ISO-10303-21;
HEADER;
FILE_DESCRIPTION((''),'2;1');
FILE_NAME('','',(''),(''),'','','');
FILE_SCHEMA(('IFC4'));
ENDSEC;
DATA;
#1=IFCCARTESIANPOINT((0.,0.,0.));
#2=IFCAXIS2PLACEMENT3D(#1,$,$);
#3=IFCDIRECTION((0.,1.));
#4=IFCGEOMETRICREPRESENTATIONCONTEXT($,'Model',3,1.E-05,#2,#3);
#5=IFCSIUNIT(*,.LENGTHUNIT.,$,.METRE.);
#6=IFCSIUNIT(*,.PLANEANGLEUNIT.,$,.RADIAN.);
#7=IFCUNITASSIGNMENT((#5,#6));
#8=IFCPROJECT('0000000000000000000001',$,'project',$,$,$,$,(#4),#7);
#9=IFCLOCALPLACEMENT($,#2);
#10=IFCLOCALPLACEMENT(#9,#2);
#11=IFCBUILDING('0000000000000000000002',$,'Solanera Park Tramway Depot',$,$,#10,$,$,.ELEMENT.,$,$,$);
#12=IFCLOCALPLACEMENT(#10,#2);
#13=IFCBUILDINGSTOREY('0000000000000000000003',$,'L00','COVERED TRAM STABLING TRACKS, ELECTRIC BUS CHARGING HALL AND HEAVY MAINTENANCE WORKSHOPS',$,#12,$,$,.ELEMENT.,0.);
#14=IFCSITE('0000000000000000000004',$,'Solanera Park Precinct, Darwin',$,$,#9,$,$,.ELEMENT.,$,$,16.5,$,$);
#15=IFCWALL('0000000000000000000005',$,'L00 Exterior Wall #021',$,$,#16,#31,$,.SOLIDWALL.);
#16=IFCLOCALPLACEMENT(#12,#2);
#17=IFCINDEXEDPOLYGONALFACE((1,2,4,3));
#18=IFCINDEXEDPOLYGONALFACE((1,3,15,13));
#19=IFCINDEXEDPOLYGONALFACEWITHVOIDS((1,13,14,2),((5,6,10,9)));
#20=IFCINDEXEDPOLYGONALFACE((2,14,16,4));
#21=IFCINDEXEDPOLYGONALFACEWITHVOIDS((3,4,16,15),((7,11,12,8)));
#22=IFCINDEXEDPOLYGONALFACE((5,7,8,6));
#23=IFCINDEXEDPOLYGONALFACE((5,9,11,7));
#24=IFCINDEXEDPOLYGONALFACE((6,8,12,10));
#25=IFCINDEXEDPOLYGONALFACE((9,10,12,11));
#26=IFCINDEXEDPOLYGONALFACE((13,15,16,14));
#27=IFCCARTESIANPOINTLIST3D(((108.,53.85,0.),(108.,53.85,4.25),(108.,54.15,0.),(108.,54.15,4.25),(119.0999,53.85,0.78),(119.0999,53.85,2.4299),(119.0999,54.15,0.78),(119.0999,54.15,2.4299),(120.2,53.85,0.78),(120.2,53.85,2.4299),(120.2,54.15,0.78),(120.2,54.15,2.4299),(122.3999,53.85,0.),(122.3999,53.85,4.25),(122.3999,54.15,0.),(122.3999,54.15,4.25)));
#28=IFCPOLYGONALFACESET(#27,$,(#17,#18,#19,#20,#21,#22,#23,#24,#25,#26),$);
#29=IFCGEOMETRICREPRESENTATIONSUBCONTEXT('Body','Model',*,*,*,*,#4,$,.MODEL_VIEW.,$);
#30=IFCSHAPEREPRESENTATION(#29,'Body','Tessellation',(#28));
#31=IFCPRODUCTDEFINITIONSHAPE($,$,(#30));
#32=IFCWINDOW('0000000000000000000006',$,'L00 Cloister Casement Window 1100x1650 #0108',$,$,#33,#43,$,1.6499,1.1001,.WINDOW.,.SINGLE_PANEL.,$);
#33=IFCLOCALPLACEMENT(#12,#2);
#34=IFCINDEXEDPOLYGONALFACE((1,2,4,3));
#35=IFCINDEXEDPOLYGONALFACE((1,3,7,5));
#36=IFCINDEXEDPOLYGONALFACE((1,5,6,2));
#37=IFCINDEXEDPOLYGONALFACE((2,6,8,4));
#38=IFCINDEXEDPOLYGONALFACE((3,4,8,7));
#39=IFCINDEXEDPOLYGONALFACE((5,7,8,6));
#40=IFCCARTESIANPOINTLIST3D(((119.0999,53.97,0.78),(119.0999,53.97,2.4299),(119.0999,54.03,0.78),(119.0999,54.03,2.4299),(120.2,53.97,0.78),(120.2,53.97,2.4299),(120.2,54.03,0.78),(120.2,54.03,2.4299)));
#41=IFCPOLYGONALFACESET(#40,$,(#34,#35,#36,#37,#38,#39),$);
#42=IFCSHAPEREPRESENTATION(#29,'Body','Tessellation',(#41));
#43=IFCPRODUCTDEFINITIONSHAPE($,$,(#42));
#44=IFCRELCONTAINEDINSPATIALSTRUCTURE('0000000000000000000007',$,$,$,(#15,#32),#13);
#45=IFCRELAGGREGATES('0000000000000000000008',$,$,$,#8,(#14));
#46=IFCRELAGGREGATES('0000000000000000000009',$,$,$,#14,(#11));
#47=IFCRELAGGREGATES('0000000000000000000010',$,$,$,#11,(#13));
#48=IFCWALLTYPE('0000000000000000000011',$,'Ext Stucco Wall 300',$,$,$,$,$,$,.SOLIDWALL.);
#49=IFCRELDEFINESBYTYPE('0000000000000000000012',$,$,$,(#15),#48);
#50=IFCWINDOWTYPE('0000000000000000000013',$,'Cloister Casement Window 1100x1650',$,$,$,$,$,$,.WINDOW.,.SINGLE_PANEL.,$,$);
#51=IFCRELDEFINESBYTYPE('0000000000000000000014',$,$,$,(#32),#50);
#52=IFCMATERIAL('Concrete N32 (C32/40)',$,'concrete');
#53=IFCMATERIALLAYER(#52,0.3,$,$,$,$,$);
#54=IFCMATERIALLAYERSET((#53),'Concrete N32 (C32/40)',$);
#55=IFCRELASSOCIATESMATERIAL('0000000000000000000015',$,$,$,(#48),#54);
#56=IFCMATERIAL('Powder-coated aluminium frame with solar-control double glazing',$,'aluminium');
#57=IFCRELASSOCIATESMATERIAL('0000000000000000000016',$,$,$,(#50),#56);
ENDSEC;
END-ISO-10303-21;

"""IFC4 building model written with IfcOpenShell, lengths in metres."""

from ifc_helpers import new_model, si_unit, direction, frame, frame_2d, origin, place, context, subcontext, project, spatial, rectangle, extrude, material, layer, layer_set, type_object, element, fill, save


model = new_model("IFC4")

# Units and contexts
model_context = context("Model", 3, precision=1e-05, world=origin(), true_north=direction((0.0, 1.0)))
body_context = subcontext(model_context, "Body", "Model", "MODEL_VIEW")
ifc_project = project(units=[si_unit("LENGTHUNIT", "METRE"), si_unit("PLANEANGLEUNIT", "RADIAN")], contexts=[model_context])

# Site, building, storey
site_placement = place(None, origin())
site = spatial("IfcSite", under=ifc_project, at=site_placement, Name="Solanera Park Precinct, Darwin", CompositionType="ELEMENT", RefElevation=16.5)
building_placement = place(site_placement, origin())
building = spatial("IfcBuilding", under=site, at=building_placement, Name="Solanera Park Tramway Depot", CompositionType="ELEMENT")
storey_placement = place(building_placement, origin())
storey = spatial("IfcBuildingStorey", under=building, at=storey_placement, Name="L00", Description="COVERED TRAM STABLING TRACKS, ELECTRIC BUS CHARGING HALL AND HEAVY MAINTENANCE WORKSHOPS", CompositionType="ELEMENT", Elevation=0.0)

# Wall, opening, window
ifc_material_1 = material(Name="Concrete N32 (C32/40)", Category="concrete")
ifc_layer_1 = layer(ifc_material_1, 0.3)
ifc_layer_set_1 = layer_set([ifc_layer_1], Name="Concrete N32 (C32/40)")
wall_type_1 = type_object("IfcWallType", Name="Ext Stucco Wall 300", PredefinedType="SOLIDWALL", material=ifc_layer_set_1)
wall_1_placement = place(storey_placement, frame((122.3999, 54.0, 0.0), z_axis=(0.0, 0.0, 1.0), x_axis=(-1.0, 0.0, 0.0)))
wall_1 = element("IfcWall", 1, at=wall_1_placement, inside=storey, type_object=wall_type_1, Name="L00 Exterior Wall #021", PredefinedType="SOLIDWALL", context=body_context, shape_type="SweptSolid", body=[
    extrude(rectangle(XDim=14.3999, YDim=0.3, at=frame_2d((7.2, 0.0))), origin(), (0.0, 0.0, 1.0), 4.25),
])
opening_placement = place(wall_1_placement, frame((2.2, 0.0, 0.78)))
opening = element("IfcOpeningElement", 2, at=opening_placement, cuts=wall_1, PredefinedType="OPENING", context=body_context, shape_type="SweptSolid", body=[
    extrude(rectangle(XDim=1.1001, YDim=1.6499, at=frame_2d((0.55, 0.825))), frame((0.0, 0.1602, 0.0), z_axis=(0.0, -1.0, 0.0), x_axis=(1.0, 0.0, 0.0)), (0.0, 0.0, 1.0), 0.3201),
])
ifc_material_2 = material(Name="Powder-coated aluminium frame with solar-control double glazing", Category="aluminium")
window_type = type_object("IfcWindowType", Name="Cloister Casement Window 1100x1650", PartitioningType="SINGLE_PANEL", PredefinedType="WINDOW", material=ifc_material_2)
window_placement = place(opening_placement, origin())
window = element("IfcWindow", 3, at=window_placement, inside=storey, type_object=window_type, Name="L00 Cloister Casement Window 1100x1650 #0108", OverallHeight=1.6499, OverallWidth=1.1001, PartitioningType="SINGLE_PANEL", PredefinedType="WINDOW", context=body_context, shape_type="SweptSolid", body=[
    extrude(rectangle(XDim=1.1001, YDim=1.6499, at=frame_2d((0.55, 0.825))), frame((0.0, 0.03, 0.0), z_axis=(0.0, -1.0, 0.0), x_axis=(1.0, 0.0, 0.0)), (0.0, 0.0, 1.0), 0.0601),
])
fill(opening, window)

save(model, "model.ifc")
